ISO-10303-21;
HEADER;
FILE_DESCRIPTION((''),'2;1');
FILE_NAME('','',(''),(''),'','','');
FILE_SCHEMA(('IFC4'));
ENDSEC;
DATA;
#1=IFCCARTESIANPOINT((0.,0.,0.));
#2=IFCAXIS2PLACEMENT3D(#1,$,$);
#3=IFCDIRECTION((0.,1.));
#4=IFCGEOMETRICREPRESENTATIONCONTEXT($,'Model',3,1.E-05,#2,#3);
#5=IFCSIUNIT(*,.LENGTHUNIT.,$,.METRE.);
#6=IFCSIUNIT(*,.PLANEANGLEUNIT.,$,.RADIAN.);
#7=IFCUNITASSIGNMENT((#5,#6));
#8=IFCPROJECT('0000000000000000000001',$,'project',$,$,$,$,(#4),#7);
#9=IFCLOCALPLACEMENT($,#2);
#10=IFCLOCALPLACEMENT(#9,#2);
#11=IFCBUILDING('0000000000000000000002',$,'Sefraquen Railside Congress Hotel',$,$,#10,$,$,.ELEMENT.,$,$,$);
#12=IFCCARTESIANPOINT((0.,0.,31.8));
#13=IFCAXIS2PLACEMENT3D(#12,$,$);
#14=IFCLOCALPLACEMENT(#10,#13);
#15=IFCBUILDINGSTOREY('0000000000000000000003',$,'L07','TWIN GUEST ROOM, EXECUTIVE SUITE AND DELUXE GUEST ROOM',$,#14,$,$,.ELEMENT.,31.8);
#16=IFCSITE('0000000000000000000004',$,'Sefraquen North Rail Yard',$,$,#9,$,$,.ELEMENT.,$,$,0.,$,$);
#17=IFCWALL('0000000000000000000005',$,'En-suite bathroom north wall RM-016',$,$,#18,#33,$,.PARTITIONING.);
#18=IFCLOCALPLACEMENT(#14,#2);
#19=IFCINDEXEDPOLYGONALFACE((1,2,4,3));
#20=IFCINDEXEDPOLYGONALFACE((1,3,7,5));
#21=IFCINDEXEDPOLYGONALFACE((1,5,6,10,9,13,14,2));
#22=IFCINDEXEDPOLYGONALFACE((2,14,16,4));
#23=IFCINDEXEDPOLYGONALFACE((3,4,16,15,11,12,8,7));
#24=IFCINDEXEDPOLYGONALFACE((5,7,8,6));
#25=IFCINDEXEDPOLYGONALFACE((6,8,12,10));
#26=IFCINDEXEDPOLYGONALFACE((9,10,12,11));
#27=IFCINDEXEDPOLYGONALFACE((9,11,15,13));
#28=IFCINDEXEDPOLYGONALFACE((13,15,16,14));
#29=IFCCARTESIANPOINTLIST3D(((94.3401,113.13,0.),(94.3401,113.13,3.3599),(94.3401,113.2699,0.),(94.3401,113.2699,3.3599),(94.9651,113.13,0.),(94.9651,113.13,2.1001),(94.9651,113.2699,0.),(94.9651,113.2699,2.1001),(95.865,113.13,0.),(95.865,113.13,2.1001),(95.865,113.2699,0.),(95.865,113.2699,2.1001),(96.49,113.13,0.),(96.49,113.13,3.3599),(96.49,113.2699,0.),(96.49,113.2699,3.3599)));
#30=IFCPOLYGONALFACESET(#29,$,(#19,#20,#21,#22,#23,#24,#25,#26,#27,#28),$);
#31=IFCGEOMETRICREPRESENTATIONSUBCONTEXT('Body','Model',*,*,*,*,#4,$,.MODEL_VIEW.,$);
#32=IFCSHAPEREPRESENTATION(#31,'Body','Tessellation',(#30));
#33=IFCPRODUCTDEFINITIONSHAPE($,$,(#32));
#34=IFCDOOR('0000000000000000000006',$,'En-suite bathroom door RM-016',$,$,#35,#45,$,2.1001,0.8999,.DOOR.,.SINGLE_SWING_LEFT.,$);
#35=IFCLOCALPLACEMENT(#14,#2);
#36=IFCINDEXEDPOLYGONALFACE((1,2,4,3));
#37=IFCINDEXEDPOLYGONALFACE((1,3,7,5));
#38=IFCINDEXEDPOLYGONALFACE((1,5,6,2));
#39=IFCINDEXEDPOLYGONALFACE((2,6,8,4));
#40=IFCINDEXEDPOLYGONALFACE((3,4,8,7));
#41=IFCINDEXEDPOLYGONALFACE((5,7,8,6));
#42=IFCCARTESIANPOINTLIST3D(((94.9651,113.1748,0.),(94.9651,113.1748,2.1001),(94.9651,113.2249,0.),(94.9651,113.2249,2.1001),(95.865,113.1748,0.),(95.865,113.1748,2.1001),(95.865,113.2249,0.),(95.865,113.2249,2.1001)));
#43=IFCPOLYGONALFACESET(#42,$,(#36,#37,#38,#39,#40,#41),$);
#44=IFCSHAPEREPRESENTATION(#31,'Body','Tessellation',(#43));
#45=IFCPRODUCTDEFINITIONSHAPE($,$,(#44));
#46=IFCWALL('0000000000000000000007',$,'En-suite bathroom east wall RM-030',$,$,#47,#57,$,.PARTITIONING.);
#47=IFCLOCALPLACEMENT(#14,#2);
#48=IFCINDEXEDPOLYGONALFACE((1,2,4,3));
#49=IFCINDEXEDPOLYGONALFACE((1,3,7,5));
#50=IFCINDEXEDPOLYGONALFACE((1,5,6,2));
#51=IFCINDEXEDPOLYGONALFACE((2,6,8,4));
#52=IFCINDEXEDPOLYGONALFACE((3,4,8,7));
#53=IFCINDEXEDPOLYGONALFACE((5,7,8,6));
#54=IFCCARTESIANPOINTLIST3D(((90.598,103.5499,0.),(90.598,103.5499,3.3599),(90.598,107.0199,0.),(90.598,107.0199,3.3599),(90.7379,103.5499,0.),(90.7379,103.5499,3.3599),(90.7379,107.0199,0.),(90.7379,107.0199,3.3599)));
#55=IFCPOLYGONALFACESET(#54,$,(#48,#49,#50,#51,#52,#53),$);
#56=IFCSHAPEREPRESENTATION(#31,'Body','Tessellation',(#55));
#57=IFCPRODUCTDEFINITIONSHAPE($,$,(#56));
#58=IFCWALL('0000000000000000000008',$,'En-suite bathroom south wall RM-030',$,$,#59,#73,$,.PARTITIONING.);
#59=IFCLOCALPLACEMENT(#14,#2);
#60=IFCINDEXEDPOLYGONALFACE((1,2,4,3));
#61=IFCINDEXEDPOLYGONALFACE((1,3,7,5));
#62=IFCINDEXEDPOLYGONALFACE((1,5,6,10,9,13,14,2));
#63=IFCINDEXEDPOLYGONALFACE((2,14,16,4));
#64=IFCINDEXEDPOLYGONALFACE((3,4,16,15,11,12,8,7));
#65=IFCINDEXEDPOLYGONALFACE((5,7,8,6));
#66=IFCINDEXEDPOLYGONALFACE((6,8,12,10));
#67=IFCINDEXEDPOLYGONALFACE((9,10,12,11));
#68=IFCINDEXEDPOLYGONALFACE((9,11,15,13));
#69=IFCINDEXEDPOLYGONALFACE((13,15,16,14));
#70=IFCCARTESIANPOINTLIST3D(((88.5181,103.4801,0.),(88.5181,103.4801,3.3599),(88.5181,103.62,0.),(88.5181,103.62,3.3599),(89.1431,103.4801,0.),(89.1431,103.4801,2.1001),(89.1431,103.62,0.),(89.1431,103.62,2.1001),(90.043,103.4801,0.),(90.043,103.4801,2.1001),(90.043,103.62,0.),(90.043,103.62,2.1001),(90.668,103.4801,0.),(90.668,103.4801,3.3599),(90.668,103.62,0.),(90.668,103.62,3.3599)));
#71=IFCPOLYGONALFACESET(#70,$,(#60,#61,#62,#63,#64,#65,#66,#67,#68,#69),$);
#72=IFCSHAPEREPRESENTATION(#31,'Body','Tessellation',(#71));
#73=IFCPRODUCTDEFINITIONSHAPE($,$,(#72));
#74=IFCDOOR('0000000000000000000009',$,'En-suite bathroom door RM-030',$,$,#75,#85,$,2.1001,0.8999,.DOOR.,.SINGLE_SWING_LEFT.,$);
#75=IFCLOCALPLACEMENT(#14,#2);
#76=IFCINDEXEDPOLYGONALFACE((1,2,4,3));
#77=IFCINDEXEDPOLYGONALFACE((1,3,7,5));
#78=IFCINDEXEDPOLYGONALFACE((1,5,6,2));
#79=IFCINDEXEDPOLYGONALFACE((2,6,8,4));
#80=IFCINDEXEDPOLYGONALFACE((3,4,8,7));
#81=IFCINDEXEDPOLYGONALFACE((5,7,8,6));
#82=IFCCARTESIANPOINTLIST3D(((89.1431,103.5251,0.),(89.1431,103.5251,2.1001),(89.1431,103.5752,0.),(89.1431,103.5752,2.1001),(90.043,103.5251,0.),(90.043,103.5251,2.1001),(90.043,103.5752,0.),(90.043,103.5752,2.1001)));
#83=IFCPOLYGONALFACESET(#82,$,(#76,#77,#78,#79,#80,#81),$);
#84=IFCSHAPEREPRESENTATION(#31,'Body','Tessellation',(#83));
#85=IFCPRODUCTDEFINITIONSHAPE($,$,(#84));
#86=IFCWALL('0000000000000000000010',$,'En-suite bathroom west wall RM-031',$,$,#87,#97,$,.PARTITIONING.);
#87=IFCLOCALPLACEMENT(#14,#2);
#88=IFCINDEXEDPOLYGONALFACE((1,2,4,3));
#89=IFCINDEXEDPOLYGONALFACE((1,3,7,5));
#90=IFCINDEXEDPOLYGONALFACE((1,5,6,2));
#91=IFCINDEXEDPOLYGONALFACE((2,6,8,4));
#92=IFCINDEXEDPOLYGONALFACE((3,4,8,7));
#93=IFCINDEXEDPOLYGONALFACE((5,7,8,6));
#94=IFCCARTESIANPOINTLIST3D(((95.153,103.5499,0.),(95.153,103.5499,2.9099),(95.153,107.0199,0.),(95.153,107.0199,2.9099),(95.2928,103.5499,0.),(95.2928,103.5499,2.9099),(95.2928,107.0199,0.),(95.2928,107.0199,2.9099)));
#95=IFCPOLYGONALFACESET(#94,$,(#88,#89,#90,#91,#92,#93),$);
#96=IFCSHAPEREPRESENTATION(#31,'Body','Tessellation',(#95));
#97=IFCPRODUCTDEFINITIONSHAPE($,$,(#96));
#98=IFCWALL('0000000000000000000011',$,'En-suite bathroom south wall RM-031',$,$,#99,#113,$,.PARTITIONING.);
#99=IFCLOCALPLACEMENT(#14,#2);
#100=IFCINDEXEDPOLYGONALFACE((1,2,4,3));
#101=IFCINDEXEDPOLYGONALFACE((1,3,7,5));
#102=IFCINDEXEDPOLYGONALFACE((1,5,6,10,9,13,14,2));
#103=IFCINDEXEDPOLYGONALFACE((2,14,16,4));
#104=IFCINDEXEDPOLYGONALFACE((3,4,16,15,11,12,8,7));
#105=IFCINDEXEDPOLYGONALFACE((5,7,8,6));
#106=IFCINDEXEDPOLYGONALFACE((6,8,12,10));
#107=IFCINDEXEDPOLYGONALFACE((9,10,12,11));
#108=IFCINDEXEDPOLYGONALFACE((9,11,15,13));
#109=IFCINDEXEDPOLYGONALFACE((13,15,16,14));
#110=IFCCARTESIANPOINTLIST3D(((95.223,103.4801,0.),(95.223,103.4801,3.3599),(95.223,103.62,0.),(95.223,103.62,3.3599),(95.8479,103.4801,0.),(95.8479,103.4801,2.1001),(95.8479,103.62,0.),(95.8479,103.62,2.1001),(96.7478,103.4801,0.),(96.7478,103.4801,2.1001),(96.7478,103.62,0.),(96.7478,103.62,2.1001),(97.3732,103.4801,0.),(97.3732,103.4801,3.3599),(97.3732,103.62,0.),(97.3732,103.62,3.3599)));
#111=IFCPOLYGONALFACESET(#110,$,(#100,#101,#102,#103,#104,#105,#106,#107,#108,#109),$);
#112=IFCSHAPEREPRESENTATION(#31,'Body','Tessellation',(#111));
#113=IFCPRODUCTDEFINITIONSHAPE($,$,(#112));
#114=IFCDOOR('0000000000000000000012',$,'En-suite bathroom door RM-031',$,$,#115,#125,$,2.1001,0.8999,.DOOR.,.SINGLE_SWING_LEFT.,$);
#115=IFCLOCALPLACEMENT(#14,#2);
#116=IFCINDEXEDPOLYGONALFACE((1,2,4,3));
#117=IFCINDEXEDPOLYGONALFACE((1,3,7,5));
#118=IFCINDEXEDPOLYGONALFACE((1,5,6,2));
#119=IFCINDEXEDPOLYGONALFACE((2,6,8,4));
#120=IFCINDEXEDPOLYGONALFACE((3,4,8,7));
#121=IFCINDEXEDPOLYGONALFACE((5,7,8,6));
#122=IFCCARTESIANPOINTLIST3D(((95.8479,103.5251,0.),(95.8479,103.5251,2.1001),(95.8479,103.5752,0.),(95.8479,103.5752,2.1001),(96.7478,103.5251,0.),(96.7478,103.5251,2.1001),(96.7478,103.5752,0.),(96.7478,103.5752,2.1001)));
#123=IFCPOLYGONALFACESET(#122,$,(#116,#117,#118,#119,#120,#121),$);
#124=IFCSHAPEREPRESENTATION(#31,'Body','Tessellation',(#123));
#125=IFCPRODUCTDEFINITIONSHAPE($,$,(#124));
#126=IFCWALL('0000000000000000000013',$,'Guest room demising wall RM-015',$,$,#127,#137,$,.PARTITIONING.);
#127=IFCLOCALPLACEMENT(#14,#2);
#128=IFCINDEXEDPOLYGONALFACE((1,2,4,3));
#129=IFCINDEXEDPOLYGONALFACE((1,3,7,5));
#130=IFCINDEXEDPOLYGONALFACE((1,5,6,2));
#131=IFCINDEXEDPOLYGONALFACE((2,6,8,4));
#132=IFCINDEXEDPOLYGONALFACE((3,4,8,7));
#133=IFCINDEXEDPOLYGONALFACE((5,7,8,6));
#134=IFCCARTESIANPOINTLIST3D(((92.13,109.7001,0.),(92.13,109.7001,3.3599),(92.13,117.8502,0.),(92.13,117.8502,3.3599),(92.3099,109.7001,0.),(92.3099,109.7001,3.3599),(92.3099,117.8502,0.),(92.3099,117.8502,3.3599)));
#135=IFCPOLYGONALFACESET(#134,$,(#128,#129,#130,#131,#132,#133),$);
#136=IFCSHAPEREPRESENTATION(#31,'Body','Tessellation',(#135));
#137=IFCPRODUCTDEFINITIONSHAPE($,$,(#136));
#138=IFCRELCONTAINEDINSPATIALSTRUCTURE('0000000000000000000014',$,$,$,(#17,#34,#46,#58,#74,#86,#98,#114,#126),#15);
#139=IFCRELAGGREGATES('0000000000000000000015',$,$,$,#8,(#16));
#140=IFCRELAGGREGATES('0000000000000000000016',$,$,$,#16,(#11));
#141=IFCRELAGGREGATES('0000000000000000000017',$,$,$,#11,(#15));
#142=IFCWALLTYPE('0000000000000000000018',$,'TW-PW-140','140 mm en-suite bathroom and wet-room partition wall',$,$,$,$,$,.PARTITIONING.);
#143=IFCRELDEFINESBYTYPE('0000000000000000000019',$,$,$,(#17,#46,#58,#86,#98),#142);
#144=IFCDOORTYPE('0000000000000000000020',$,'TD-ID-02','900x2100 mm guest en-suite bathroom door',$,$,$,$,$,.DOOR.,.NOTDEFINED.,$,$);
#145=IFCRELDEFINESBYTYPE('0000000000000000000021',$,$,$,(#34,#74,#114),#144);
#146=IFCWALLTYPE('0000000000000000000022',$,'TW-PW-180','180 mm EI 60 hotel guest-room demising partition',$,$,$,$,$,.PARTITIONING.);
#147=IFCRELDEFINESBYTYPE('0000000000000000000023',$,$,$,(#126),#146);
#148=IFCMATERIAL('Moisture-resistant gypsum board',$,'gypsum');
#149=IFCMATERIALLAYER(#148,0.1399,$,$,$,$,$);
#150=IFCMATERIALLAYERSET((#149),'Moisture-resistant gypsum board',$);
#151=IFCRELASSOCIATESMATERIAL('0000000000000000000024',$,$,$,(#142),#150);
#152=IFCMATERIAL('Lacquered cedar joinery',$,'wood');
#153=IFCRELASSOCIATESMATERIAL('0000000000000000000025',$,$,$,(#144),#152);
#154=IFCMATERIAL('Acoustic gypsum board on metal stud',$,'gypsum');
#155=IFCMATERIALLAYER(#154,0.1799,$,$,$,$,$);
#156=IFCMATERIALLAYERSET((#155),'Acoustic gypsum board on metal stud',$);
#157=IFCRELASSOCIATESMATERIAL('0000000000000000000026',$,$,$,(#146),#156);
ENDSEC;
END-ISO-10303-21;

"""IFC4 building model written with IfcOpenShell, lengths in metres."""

from ifc_helpers import new_model, si_unit, direction, frame, frame_2d, origin, place, context, subcontext, project, spatial, rectangle, extrude, material, layer, layer_set, type_object, element, fill, save


model = new_model("IFC4")

# Units and contexts
model_context = context("Model", 3, precision=1e-05, world=origin(), true_north=direction((0.0, 1.0)))
body_context = subcontext(model_context, "Body", "Model", "MODEL_VIEW")
ifc_project = project(units=[si_unit("LENGTHUNIT", "METRE"), si_unit("PLANEANGLEUNIT", "RADIAN")], contexts=[model_context])

# Site, building, storey
site_placement = place(None, origin())
site = spatial("IfcSite", under=ifc_project, at=site_placement, Name="Sefraquen North Rail Yard", CompositionType="ELEMENT", RefElevation=0.0)
building_placement = place(site_placement, origin())
building = spatial("IfcBuilding", under=site, at=building_placement, Name="Sefraquen Railside Congress Hotel", CompositionType="ELEMENT")
storey_placement = place(building_placement, frame((0.0, 0.0, 31.8)))
storey = spatial("IfcBuildingStorey", under=building, at=storey_placement, Name="L07", Description="TWIN GUEST ROOM, EXECUTIVE SUITE AND DELUXE GUEST ROOM", CompositionType="ELEMENT", Elevation=31.8)

# Shared definitions
ifc_material_1 = material(Name="Moisture-resistant gypsum board", Category="gypsum")
ifc_layer_1 = layer(ifc_material_1, 0.1399)
ifc_layer_set_1 = layer_set([ifc_layer_1], Name="Moisture-resistant gypsum board")
wall_type_1 = type_object("IfcWallType", Name="TW-PW-140", Description="140 mm en-suite bathroom and wet-room partition wall", PredefinedType="PARTITIONING", material=ifc_layer_set_1)

# Wall, opening, door
wall_1_placement = place(storey_placement, frame((94.3401, 113.2, 0.0), z_axis=(0.0, 0.0, 1.0), x_axis=(1.0, 0.0, 0.0)))
wall_1 = element("IfcWall", 1, at=wall_1_placement, inside=storey, type_object=wall_type_1, Name="En-suite bathroom north wall RM-016", PredefinedType="PARTITIONING", context=body_context, shape_type="SweptSolid", body=[
    extrude(rectangle(XDim=2.1499, YDim=0.1399, at=frame_2d((1.075, 0.0))), origin(), (0.0, 0.0, 1.0), 3.3599),
])
opening_1_placement = place(wall_1_placement, frame((0.625, 0.0, 0.0)))
opening_1 = element("IfcOpeningElement", 2, at=opening_1_placement, cuts=wall_1, PredefinedType="OPENING", context=body_context, shape_type="SweptSolid", body=[
    extrude(rectangle(XDim=0.8999, YDim=2.1001, at=frame_2d((0.45, 1.05))), frame((0.0, 0.0798, 0.0), z_axis=(0.0, -1.0, 0.0), x_axis=(1.0, 0.0, 0.0)), (0.0, 0.0, 1.0), 0.1599),
])
ifc_material_2 = material(Name="Lacquered cedar joinery", Category="wood")
door_type = type_object("IfcDoorType", Name="TD-ID-02", Description="900x2100 mm guest en-suite bathroom door", OperationType="NOTDEFINED", PredefinedType="DOOR", material=ifc_material_2)
door_1_placement = place(opening_1_placement, origin())
door_1 = element("IfcDoor", 3, at=door_1_placement, inside=storey, type_object=door_type, Name="En-suite bathroom door RM-016", OperationType="SINGLE_SWING_LEFT", OverallHeight=2.1001, OverallWidth=0.8999, PredefinedType="DOOR", context=body_context, shape_type="SweptSolid", body=[
    extrude(rectangle(XDim=0.8999, YDim=2.1001, at=frame_2d((0.45, 1.05))), frame((0.0, 0.0249, 0.0), z_axis=(0.0, -1.0, 0.0), x_axis=(1.0, 0.0, 0.0)), (0.0, 0.0, 1.0), 0.05),
])
fill(opening_1, door_1)

# Wall
wall_2_placement = place(storey_placement, frame((90.668, 103.55, 0.0), z_axis=(0.0, 0.0, 1.0), x_axis=(0.0, 1.0, 0.0)))
element("IfcWall", 4, at=wall_2_placement, inside=storey, type_object=wall_type_1, Name="En-suite bathroom east wall RM-030", PredefinedType="PARTITIONING", context=body_context, shape_type="SweptSolid", body=[
    extrude(rectangle(XDim=3.47, YDim=0.1399, at=frame_2d((1.7349, 0.0))), origin(), (0.0, 0.0, 1.0), 3.3599),
])

# Wall, opening, door
wall_3_placement = place(storey_placement, frame((88.5181, 103.55, 0.0), z_axis=(0.0, 0.0, 1.0), x_axis=(1.0, 0.0, 0.0)))
wall_3 = element("IfcWall", 5, at=wall_3_placement, inside=storey, type_object=wall_type_1, Name="En-suite bathroom south wall RM-030", PredefinedType="PARTITIONING", context=body_context, shape_type="SweptSolid", body=[
    extrude(rectangle(XDim=2.1499, YDim=0.1399, at=frame_2d((1.075, 0.0))), origin(), (0.0, 0.0, 1.0), 3.3599),
])
opening_2_placement = place(wall_3_placement, frame((0.625, 0.0, 0.0)))
opening_2 = element("IfcOpeningElement", 6, at=opening_2_placement, cuts=wall_3, PredefinedType="OPENING", context=body_context, shape_type="SweptSolid", body=[
    extrude(rectangle(XDim=0.8999, YDim=2.1001, at=frame_2d((0.45, 1.05))), frame((0.0, 0.0798, 0.0), z_axis=(0.0, -1.0, 0.0), x_axis=(1.0, 0.0, 0.0)), (0.0, 0.0, 1.0), 0.1599),
])
door_2_placement = place(opening_2_placement, frame((0.8999, 0.0, 0.0), z_axis=(0.0, 0.0, 1.0), x_axis=(-1.0, 0.0, 0.0)))
door_2 = element("IfcDoor", 7, at=door_2_placement, inside=storey, type_object=door_type, Name="En-suite bathroom door RM-030", OperationType="SINGLE_SWING_LEFT", OverallHeight=2.1001, OverallWidth=0.8999, PredefinedType="DOOR", context=body_context, shape_type="SweptSolid", body=[
    extrude(rectangle(XDim=0.8999, YDim=2.1001, at=frame_2d((0.45, 1.05))), frame((0.0, 0.0249, 0.0), z_axis=(0.0, -1.0, 0.0), x_axis=(1.0, 0.0, 0.0)), (0.0, 0.0, 1.0), 0.05),
])
fill(opening_2, door_2)

# Wall
wall_4_placement = place(storey_placement, frame((95.2229, 103.55, 0.0), z_axis=(0.0, 0.0, 1.0), x_axis=(0.0, 1.0, 0.0)))
element("IfcWall", 8, at=wall_4_placement, inside=storey, type_object=wall_type_1, Name="En-suite bathroom west wall RM-031", PredefinedType="PARTITIONING", context=body_context, shape_type="SweptSolid", body=[
    extrude(rectangle(XDim=3.47, YDim=0.1399, at=frame_2d((1.7349, 0.0))), origin(), (0.0, 0.0, 1.0), 2.9099),
])

# Wall, opening, door
wall_5_placement = place(storey_placement, frame((95.2229, 103.55, 0.0), z_axis=(0.0, 0.0, 1.0), x_axis=(1.0, 0.0, 0.0)))
wall_5 = element("IfcWall", 9, at=wall_5_placement, inside=storey, type_object=wall_type_1, Name="En-suite bathroom south wall RM-031", PredefinedType="PARTITIONING", context=body_context, shape_type="SweptSolid", body=[
    extrude(rectangle(XDim=2.1501, YDim=0.1399, at=frame_2d((1.0752, 0.0))), origin(), (0.0, 0.0, 1.0), 3.3599),
])
opening_3_placement = place(wall_5_placement, frame((0.625, 0.0, 0.0)))
opening_3 = element("IfcOpeningElement", 10, at=opening_3_placement, cuts=wall_5, PredefinedType="OPENING", context=body_context, shape_type="SweptSolid", body=[
    extrude(rectangle(XDim=0.8999, YDim=2.1001, at=frame_2d((0.45, 1.05))), frame((0.0, 0.0798, 0.0), z_axis=(0.0, -1.0, 0.0), x_axis=(1.0, 0.0, 0.0)), (0.0, 0.0, 1.0), 0.1599),
])
door_3_placement = place(opening_3_placement, frame((0.8999, 0.0, 0.0), z_axis=(0.0, 0.0, 1.0), x_axis=(-1.0, 0.0, 0.0)))
door_3 = element("IfcDoor", 11, at=door_3_placement, inside=storey, type_object=door_type, Name="En-suite bathroom door RM-031", OperationType="SINGLE_SWING_LEFT", OverallHeight=2.1001, OverallWidth=0.8999, PredefinedType="DOOR", context=body_context, shape_type="SweptSolid", body=[
    extrude(rectangle(XDim=0.8999, YDim=2.1001, at=frame_2d((0.45, 1.05))), frame((0.0, 0.0249, 0.0), z_axis=(0.0, -1.0, 0.0), x_axis=(1.0, 0.0, 0.0)), (0.0, 0.0, 1.0), 0.05),
])
fill(opening_3, door_3)

# Wall
ifc_material_3 = material(Name="Acoustic gypsum board on metal stud", Category="gypsum")
ifc_layer_2 = layer(ifc_material_3, 0.1799)
ifc_layer_set_2 = layer_set([ifc_layer_2], Name="Acoustic gypsum board on metal stud")
wall_type_2 = type_object("IfcWallType", Name="TW-PW-180", Description="180 mm EI 60 hotel guest-room demising partition", PredefinedType="PARTITIONING", material=ifc_layer_set_2)
wall_6_placement = place(storey_placement, frame((92.22, 109.7, 0.0), z_axis=(0.0, 0.0, 1.0), x_axis=(0.0, 1.0, 0.0)))
element("IfcWall", 12, at=wall_6_placement, inside=storey, type_object=wall_type_2, Name="Guest room demising wall RM-015", PredefinedType="PARTITIONING", context=body_context, shape_type="SweptSolid", body=[
    extrude(rectangle(XDim=8.1501, YDim=0.1799, at=frame_2d((4.0752, 0.0))), origin(), (0.0, 0.0, 1.0), 3.3599),
])

save(model, "model.ifc")
